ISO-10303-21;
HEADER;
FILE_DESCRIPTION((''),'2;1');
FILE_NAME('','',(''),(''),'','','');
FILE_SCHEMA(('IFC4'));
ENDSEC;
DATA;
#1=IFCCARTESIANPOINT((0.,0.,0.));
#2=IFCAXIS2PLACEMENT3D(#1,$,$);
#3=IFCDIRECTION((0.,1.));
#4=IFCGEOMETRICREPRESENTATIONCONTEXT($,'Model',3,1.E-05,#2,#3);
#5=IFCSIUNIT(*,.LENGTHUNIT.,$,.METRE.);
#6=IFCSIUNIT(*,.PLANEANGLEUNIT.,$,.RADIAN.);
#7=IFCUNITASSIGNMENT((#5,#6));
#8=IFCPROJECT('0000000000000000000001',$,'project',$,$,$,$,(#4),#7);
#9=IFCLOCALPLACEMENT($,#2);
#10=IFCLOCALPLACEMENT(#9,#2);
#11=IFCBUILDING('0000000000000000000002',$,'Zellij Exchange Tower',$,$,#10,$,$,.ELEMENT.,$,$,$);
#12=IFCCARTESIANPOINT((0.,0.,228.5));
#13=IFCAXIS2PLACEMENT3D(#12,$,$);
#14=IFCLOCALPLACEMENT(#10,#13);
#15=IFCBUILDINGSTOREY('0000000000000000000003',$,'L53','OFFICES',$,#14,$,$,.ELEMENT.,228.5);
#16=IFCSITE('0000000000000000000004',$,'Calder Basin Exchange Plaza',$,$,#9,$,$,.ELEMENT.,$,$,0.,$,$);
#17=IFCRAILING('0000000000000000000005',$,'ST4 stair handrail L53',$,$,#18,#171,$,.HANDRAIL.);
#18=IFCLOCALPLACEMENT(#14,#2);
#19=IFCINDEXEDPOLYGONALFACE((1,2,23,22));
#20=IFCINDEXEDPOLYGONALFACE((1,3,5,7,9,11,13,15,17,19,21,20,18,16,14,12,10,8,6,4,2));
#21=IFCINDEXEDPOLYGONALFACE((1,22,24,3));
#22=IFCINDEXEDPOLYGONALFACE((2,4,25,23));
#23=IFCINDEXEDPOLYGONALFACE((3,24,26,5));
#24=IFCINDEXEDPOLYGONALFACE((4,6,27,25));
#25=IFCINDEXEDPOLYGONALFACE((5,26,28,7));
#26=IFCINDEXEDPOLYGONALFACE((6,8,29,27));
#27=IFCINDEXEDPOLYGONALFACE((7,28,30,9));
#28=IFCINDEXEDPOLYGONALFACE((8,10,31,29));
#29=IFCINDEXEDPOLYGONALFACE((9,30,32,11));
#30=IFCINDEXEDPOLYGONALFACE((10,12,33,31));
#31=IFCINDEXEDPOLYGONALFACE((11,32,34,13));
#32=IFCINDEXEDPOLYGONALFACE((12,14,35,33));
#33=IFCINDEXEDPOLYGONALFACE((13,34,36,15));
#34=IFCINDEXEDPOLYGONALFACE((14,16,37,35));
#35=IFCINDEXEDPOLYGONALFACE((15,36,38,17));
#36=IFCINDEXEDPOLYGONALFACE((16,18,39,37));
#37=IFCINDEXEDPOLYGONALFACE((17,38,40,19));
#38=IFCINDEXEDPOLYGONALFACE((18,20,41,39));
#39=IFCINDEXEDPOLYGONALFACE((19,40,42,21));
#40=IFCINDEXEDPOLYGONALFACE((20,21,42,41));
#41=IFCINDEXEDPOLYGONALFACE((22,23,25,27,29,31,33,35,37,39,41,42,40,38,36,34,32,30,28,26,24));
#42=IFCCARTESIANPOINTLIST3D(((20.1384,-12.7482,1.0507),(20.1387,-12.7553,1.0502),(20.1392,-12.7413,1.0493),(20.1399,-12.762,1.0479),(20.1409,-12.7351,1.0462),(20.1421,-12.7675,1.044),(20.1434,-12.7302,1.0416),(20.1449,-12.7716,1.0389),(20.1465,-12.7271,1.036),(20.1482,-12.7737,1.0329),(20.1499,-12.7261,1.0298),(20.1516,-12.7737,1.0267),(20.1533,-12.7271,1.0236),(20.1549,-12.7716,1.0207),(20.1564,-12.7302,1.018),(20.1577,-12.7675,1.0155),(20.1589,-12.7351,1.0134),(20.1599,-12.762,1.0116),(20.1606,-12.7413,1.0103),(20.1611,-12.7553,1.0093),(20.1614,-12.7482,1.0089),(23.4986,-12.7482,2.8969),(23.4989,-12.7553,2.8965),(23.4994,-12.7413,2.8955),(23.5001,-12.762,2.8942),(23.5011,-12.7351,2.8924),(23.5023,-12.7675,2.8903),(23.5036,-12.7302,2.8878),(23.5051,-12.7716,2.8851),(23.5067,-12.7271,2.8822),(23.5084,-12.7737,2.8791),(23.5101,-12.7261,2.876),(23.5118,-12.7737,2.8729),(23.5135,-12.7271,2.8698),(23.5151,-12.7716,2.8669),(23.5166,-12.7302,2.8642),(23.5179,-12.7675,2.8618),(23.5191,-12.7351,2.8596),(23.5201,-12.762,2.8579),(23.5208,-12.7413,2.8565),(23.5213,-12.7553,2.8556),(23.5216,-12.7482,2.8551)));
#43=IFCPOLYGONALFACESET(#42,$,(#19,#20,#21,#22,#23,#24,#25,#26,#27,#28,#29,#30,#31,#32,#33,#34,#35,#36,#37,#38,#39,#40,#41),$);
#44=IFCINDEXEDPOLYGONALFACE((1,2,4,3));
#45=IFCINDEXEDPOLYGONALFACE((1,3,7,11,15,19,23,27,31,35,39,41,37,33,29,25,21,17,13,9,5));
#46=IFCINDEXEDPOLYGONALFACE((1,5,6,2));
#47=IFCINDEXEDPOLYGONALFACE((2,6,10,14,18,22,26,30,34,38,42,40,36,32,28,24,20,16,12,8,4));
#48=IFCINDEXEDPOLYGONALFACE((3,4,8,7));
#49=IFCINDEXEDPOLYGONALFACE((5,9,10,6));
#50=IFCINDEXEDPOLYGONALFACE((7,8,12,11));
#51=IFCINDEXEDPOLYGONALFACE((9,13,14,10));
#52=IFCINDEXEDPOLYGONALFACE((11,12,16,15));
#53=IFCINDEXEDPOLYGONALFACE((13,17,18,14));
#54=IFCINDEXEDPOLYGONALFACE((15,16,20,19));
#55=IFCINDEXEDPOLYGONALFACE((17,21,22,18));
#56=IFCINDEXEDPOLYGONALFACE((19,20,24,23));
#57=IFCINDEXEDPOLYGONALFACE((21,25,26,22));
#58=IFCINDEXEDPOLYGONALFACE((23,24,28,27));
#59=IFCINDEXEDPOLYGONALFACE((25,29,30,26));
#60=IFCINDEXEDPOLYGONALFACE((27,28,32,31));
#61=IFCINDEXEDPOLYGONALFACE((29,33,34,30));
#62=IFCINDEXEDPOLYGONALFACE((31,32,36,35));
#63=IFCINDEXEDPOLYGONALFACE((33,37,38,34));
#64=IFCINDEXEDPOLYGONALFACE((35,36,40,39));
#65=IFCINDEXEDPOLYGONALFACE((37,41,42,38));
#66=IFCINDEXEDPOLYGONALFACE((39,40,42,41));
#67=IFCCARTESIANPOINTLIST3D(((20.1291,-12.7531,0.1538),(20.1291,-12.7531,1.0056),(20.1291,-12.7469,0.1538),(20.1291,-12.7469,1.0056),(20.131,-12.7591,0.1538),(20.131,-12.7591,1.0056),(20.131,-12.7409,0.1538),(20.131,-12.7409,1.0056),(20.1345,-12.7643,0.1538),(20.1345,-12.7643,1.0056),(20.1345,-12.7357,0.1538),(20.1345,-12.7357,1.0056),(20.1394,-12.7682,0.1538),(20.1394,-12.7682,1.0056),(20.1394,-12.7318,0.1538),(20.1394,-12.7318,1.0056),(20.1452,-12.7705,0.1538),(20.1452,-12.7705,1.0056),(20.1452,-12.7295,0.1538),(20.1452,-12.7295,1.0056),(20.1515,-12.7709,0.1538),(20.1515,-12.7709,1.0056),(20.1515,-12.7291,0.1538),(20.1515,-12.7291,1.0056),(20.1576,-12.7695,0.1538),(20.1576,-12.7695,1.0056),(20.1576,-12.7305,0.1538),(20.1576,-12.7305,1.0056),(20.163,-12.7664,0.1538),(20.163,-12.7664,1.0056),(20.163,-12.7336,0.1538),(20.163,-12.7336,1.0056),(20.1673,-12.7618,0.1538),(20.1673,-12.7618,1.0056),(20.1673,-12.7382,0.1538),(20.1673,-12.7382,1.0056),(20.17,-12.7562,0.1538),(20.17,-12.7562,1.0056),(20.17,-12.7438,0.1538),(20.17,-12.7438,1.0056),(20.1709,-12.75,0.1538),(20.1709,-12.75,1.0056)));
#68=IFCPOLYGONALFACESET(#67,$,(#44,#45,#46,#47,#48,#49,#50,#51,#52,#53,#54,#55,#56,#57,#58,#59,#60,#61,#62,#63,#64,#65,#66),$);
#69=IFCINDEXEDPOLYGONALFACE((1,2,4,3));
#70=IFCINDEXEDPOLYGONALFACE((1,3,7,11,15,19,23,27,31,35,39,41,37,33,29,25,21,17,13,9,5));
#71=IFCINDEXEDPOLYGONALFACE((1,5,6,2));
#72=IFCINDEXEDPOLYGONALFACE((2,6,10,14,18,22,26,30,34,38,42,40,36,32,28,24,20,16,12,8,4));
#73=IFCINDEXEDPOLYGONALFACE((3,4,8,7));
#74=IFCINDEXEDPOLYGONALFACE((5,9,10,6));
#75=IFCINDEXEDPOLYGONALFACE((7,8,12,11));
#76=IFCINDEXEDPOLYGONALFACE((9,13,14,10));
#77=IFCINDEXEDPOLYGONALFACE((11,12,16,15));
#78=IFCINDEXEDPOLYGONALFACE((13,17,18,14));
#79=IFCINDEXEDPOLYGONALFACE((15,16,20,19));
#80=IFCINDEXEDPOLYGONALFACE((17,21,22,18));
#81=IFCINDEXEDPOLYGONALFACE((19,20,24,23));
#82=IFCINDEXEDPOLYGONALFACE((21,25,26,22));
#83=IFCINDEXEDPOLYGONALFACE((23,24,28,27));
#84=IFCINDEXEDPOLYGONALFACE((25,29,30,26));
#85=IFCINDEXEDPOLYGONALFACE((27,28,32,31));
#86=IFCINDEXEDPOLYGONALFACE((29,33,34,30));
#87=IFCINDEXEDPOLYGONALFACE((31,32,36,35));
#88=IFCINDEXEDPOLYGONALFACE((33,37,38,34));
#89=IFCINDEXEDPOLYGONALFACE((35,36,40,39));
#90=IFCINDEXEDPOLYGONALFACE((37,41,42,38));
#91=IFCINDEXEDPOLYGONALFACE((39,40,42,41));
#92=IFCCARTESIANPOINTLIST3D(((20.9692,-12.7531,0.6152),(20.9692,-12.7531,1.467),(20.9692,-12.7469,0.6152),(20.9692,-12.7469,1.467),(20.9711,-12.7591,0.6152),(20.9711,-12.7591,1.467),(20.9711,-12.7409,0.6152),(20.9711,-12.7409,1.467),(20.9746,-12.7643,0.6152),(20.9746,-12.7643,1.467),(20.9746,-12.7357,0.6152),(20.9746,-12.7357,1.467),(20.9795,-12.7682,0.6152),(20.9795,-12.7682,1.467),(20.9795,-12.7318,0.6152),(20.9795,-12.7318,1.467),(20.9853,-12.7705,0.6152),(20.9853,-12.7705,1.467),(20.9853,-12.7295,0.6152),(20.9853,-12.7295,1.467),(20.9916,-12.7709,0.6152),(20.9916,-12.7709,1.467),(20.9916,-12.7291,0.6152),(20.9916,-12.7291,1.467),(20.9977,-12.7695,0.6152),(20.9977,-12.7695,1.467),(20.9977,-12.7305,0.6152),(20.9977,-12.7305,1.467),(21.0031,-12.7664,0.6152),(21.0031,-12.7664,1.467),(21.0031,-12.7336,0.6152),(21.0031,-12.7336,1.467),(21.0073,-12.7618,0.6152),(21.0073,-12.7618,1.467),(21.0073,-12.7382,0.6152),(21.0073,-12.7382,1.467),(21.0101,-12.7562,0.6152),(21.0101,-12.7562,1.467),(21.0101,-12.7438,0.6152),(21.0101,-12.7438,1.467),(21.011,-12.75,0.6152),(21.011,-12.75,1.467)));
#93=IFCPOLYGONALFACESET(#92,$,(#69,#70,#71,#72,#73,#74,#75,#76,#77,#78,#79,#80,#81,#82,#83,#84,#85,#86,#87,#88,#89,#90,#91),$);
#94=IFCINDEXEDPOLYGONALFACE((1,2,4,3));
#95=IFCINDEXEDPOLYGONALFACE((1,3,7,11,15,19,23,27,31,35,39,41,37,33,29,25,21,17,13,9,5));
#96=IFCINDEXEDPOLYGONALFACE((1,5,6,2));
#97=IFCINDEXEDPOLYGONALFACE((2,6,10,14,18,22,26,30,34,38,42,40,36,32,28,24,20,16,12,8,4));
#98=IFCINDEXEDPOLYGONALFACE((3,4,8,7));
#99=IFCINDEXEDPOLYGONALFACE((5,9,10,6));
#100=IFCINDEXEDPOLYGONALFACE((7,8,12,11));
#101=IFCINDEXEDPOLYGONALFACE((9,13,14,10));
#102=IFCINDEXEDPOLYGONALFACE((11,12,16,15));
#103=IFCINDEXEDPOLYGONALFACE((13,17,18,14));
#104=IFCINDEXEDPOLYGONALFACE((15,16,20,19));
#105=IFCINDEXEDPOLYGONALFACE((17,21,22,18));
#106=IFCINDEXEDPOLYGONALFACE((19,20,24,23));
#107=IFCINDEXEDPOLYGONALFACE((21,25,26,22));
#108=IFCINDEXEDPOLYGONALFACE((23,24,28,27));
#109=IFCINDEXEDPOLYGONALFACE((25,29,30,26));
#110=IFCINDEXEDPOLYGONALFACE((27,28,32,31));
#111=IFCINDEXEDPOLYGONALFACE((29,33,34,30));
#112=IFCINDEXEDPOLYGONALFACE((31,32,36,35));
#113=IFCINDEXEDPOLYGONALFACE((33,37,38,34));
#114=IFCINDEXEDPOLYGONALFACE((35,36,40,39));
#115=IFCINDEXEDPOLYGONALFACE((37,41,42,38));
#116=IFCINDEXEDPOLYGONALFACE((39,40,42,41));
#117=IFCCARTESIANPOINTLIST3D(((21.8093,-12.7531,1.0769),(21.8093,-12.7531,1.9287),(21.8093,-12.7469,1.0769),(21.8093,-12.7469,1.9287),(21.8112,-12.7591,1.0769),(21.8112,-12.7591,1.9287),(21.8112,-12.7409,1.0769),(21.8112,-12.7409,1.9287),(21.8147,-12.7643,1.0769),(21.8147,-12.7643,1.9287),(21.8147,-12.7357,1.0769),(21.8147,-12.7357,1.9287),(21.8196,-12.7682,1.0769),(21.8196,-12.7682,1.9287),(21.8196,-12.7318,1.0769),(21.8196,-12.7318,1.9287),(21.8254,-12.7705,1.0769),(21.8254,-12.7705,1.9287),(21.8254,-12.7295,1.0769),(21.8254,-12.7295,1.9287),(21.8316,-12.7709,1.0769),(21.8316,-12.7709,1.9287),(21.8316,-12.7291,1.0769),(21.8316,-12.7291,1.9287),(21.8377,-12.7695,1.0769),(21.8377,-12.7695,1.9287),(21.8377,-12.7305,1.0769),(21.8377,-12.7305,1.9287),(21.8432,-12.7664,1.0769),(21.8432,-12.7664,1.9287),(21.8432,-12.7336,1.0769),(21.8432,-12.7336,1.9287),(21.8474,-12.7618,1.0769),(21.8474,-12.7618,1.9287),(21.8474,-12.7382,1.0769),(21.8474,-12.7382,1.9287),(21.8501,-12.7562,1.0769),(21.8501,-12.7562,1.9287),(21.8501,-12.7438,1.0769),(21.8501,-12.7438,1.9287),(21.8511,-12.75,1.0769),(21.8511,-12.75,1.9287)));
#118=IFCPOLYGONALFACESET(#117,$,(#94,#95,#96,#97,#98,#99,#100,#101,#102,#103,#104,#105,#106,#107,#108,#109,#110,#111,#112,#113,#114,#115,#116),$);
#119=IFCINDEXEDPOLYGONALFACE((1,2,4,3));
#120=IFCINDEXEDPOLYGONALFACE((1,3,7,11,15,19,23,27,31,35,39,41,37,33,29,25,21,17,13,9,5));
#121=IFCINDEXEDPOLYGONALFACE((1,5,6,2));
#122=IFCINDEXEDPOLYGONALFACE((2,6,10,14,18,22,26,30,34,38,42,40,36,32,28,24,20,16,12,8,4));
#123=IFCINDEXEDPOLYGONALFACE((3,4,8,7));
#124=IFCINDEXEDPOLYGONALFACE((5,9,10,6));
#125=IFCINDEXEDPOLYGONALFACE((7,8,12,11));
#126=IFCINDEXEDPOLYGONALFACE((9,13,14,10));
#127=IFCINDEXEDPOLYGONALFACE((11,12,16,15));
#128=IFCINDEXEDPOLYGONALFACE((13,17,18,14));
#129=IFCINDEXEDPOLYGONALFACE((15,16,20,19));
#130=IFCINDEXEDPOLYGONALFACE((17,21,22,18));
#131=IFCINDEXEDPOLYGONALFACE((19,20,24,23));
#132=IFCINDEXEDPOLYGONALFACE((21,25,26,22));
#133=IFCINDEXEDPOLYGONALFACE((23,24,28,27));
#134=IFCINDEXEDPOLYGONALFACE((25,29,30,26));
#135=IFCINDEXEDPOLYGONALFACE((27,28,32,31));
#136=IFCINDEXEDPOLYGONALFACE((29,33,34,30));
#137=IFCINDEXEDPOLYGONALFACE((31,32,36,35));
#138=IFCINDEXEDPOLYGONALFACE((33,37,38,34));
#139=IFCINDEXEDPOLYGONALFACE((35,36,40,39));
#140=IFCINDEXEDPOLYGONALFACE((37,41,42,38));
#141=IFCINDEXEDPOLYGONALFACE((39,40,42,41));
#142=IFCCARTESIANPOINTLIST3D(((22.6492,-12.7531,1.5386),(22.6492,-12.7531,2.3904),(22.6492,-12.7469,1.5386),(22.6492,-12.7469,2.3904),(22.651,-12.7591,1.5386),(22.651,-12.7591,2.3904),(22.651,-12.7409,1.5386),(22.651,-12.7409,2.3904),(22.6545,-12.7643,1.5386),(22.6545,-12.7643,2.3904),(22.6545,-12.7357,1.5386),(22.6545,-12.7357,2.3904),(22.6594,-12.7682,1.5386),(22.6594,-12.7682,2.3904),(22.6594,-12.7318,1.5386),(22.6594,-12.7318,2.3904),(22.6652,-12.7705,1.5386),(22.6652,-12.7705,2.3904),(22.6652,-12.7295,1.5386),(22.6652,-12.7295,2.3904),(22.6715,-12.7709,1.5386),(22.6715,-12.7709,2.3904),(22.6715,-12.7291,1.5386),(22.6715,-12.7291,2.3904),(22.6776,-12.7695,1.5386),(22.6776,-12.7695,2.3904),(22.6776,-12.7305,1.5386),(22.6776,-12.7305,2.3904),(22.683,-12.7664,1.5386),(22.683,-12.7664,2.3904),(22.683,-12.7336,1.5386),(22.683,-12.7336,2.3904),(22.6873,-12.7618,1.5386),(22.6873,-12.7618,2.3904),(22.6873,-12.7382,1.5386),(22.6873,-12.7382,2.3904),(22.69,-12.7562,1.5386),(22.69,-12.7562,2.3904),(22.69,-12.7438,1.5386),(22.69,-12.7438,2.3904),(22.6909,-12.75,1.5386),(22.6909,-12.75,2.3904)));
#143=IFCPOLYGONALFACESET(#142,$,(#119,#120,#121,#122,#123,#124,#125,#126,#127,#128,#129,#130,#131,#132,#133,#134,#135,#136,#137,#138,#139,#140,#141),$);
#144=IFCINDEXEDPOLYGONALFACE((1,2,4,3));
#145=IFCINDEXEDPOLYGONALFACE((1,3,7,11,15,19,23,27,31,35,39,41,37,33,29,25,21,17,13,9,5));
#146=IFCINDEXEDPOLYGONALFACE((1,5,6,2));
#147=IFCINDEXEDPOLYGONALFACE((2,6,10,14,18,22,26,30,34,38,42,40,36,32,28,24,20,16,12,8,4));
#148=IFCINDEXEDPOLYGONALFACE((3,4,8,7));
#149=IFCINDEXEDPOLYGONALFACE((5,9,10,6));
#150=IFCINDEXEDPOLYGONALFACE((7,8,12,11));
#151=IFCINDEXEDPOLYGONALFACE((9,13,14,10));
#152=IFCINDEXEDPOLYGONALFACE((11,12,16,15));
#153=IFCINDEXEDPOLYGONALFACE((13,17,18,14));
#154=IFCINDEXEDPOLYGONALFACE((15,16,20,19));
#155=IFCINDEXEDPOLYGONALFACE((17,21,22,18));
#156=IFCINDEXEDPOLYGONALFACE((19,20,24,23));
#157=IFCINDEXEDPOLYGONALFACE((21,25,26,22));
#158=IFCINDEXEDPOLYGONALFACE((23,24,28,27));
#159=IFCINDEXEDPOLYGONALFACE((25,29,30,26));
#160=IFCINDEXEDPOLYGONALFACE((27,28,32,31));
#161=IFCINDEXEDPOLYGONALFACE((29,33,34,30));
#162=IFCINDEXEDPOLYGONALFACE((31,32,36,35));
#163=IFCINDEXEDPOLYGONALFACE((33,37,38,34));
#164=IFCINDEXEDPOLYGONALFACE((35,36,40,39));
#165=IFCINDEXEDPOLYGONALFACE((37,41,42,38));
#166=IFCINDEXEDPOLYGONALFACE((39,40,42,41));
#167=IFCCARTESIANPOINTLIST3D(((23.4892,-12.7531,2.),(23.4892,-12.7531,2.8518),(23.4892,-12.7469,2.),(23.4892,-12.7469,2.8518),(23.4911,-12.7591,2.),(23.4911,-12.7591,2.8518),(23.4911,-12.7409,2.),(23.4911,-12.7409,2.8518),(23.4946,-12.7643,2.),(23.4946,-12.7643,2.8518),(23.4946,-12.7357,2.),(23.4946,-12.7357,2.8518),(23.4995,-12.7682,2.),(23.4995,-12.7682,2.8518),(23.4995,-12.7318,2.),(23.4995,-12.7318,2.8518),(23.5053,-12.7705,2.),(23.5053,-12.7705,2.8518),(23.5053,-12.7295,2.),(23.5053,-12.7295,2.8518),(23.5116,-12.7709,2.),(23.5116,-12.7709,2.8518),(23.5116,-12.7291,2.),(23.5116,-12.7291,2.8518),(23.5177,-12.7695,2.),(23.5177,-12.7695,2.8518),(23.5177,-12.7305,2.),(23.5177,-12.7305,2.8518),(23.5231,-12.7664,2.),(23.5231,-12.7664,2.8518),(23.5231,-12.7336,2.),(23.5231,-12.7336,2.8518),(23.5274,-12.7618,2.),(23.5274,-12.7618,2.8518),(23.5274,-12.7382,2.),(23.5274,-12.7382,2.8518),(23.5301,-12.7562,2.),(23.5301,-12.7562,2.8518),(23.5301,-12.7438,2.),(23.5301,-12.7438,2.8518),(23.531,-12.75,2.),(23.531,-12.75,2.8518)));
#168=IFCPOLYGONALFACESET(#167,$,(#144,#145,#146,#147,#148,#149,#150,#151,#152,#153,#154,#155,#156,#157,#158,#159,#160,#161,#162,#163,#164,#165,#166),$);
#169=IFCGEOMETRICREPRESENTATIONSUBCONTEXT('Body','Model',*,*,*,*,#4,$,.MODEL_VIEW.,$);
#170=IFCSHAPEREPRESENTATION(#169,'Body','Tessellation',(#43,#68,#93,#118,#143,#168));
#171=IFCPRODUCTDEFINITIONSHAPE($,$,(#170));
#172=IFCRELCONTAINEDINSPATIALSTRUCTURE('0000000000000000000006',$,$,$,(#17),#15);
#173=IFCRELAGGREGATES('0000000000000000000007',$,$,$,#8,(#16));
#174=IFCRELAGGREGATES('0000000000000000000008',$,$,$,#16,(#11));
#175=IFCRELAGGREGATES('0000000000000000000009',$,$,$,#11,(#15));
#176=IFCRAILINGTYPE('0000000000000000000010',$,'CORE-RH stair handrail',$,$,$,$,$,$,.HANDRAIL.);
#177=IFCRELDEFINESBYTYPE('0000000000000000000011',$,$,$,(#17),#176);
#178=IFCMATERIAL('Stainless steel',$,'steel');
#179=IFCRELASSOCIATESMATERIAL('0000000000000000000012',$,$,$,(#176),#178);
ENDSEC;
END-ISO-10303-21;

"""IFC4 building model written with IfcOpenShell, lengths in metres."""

from ifc_helpers import new_model, si_unit, direction, frame, origin, origin_2d, place, context, subcontext, project, spatial, circle, extrude, material, type_object, element, save


model = new_model("IFC4")

# Units and contexts
model_context = context("Model", 3, precision=1e-05, world=origin(), true_north=direction((0.0, 1.0)))
body_context = subcontext(model_context, "Body", "Model", "MODEL_VIEW")
ifc_project = project(units=[si_unit("LENGTHUNIT", "METRE"), si_unit("PLANEANGLEUNIT", "RADIAN")], contexts=[model_context])

# Site, building, storey
site_placement = place(None, origin())
site = spatial("IfcSite", under=ifc_project, at=site_placement, Name="Calder Basin Exchange Plaza", CompositionType="ELEMENT", RefElevation=0.0)
building_placement = place(site_placement, origin())
building = spatial("IfcBuilding", under=site, at=building_placement, Name="Zellij Exchange Tower", CompositionType="ELEMENT")
storey_placement = place(building_placement, frame((0.0, 0.0, 228.5)))
storey = spatial("IfcBuildingStorey", under=building, at=storey_placement, Name="L53", Description="OFFICES", CompositionType="ELEMENT", Elevation=228.5)

# Railing
ifc_material_1 = material(Name="Stainless steel", Category="steel")
railing_type_1 = type_object("IfcRailingType", Name="CORE-RH stair handrail", PredefinedType="HANDRAIL", material=ifc_material_1)
railing_1_placement = place(storey_placement, frame((20.1499, -12.75, 0.1538)))
element("IfcRailing", 1, at=railing_1_placement, inside=storey, type_object=railing_type_1, Name="ST4 stair handrail L53", PredefinedType="HANDRAIL", context=body_context, shape_type="SweptSolid", body=[
    extrude(circle(Radius=0.0239, at=origin_2d()), frame((0.0, 0.0, 0.876), z_axis=(0.876422, 0.0, 0.481545), x_axis=(0.0, 1.0, 0.0)), (0.0, 0.0, 1.0), 3.834),
    extrude(circle(Radius=0.021, at=origin_2d()), origin(), (0.0, 0.0, 1.0), 0.8518),
    extrude(circle(Radius=0.021, at=origin_2d()), frame((0.8401, 0.0, 0.4614)), (0.0, 0.0, 1.0), 0.8518),
    extrude(circle(Radius=0.021, at=origin_2d()), frame((1.6802, 0.0, 0.9231)), (0.0, 0.0, 1.0), 0.8518),
    extrude(circle(Radius=0.021, at=origin_2d()), frame((2.52, 0.0, 1.3848)), (0.0, 0.0, 1.0), 0.8518),
    extrude(circle(Radius=0.021, at=origin_2d()), frame((3.3601, 0.0, 1.8462)), (0.0, 0.0, 1.0), 0.8518),
])

save(model, "model.ifc")
